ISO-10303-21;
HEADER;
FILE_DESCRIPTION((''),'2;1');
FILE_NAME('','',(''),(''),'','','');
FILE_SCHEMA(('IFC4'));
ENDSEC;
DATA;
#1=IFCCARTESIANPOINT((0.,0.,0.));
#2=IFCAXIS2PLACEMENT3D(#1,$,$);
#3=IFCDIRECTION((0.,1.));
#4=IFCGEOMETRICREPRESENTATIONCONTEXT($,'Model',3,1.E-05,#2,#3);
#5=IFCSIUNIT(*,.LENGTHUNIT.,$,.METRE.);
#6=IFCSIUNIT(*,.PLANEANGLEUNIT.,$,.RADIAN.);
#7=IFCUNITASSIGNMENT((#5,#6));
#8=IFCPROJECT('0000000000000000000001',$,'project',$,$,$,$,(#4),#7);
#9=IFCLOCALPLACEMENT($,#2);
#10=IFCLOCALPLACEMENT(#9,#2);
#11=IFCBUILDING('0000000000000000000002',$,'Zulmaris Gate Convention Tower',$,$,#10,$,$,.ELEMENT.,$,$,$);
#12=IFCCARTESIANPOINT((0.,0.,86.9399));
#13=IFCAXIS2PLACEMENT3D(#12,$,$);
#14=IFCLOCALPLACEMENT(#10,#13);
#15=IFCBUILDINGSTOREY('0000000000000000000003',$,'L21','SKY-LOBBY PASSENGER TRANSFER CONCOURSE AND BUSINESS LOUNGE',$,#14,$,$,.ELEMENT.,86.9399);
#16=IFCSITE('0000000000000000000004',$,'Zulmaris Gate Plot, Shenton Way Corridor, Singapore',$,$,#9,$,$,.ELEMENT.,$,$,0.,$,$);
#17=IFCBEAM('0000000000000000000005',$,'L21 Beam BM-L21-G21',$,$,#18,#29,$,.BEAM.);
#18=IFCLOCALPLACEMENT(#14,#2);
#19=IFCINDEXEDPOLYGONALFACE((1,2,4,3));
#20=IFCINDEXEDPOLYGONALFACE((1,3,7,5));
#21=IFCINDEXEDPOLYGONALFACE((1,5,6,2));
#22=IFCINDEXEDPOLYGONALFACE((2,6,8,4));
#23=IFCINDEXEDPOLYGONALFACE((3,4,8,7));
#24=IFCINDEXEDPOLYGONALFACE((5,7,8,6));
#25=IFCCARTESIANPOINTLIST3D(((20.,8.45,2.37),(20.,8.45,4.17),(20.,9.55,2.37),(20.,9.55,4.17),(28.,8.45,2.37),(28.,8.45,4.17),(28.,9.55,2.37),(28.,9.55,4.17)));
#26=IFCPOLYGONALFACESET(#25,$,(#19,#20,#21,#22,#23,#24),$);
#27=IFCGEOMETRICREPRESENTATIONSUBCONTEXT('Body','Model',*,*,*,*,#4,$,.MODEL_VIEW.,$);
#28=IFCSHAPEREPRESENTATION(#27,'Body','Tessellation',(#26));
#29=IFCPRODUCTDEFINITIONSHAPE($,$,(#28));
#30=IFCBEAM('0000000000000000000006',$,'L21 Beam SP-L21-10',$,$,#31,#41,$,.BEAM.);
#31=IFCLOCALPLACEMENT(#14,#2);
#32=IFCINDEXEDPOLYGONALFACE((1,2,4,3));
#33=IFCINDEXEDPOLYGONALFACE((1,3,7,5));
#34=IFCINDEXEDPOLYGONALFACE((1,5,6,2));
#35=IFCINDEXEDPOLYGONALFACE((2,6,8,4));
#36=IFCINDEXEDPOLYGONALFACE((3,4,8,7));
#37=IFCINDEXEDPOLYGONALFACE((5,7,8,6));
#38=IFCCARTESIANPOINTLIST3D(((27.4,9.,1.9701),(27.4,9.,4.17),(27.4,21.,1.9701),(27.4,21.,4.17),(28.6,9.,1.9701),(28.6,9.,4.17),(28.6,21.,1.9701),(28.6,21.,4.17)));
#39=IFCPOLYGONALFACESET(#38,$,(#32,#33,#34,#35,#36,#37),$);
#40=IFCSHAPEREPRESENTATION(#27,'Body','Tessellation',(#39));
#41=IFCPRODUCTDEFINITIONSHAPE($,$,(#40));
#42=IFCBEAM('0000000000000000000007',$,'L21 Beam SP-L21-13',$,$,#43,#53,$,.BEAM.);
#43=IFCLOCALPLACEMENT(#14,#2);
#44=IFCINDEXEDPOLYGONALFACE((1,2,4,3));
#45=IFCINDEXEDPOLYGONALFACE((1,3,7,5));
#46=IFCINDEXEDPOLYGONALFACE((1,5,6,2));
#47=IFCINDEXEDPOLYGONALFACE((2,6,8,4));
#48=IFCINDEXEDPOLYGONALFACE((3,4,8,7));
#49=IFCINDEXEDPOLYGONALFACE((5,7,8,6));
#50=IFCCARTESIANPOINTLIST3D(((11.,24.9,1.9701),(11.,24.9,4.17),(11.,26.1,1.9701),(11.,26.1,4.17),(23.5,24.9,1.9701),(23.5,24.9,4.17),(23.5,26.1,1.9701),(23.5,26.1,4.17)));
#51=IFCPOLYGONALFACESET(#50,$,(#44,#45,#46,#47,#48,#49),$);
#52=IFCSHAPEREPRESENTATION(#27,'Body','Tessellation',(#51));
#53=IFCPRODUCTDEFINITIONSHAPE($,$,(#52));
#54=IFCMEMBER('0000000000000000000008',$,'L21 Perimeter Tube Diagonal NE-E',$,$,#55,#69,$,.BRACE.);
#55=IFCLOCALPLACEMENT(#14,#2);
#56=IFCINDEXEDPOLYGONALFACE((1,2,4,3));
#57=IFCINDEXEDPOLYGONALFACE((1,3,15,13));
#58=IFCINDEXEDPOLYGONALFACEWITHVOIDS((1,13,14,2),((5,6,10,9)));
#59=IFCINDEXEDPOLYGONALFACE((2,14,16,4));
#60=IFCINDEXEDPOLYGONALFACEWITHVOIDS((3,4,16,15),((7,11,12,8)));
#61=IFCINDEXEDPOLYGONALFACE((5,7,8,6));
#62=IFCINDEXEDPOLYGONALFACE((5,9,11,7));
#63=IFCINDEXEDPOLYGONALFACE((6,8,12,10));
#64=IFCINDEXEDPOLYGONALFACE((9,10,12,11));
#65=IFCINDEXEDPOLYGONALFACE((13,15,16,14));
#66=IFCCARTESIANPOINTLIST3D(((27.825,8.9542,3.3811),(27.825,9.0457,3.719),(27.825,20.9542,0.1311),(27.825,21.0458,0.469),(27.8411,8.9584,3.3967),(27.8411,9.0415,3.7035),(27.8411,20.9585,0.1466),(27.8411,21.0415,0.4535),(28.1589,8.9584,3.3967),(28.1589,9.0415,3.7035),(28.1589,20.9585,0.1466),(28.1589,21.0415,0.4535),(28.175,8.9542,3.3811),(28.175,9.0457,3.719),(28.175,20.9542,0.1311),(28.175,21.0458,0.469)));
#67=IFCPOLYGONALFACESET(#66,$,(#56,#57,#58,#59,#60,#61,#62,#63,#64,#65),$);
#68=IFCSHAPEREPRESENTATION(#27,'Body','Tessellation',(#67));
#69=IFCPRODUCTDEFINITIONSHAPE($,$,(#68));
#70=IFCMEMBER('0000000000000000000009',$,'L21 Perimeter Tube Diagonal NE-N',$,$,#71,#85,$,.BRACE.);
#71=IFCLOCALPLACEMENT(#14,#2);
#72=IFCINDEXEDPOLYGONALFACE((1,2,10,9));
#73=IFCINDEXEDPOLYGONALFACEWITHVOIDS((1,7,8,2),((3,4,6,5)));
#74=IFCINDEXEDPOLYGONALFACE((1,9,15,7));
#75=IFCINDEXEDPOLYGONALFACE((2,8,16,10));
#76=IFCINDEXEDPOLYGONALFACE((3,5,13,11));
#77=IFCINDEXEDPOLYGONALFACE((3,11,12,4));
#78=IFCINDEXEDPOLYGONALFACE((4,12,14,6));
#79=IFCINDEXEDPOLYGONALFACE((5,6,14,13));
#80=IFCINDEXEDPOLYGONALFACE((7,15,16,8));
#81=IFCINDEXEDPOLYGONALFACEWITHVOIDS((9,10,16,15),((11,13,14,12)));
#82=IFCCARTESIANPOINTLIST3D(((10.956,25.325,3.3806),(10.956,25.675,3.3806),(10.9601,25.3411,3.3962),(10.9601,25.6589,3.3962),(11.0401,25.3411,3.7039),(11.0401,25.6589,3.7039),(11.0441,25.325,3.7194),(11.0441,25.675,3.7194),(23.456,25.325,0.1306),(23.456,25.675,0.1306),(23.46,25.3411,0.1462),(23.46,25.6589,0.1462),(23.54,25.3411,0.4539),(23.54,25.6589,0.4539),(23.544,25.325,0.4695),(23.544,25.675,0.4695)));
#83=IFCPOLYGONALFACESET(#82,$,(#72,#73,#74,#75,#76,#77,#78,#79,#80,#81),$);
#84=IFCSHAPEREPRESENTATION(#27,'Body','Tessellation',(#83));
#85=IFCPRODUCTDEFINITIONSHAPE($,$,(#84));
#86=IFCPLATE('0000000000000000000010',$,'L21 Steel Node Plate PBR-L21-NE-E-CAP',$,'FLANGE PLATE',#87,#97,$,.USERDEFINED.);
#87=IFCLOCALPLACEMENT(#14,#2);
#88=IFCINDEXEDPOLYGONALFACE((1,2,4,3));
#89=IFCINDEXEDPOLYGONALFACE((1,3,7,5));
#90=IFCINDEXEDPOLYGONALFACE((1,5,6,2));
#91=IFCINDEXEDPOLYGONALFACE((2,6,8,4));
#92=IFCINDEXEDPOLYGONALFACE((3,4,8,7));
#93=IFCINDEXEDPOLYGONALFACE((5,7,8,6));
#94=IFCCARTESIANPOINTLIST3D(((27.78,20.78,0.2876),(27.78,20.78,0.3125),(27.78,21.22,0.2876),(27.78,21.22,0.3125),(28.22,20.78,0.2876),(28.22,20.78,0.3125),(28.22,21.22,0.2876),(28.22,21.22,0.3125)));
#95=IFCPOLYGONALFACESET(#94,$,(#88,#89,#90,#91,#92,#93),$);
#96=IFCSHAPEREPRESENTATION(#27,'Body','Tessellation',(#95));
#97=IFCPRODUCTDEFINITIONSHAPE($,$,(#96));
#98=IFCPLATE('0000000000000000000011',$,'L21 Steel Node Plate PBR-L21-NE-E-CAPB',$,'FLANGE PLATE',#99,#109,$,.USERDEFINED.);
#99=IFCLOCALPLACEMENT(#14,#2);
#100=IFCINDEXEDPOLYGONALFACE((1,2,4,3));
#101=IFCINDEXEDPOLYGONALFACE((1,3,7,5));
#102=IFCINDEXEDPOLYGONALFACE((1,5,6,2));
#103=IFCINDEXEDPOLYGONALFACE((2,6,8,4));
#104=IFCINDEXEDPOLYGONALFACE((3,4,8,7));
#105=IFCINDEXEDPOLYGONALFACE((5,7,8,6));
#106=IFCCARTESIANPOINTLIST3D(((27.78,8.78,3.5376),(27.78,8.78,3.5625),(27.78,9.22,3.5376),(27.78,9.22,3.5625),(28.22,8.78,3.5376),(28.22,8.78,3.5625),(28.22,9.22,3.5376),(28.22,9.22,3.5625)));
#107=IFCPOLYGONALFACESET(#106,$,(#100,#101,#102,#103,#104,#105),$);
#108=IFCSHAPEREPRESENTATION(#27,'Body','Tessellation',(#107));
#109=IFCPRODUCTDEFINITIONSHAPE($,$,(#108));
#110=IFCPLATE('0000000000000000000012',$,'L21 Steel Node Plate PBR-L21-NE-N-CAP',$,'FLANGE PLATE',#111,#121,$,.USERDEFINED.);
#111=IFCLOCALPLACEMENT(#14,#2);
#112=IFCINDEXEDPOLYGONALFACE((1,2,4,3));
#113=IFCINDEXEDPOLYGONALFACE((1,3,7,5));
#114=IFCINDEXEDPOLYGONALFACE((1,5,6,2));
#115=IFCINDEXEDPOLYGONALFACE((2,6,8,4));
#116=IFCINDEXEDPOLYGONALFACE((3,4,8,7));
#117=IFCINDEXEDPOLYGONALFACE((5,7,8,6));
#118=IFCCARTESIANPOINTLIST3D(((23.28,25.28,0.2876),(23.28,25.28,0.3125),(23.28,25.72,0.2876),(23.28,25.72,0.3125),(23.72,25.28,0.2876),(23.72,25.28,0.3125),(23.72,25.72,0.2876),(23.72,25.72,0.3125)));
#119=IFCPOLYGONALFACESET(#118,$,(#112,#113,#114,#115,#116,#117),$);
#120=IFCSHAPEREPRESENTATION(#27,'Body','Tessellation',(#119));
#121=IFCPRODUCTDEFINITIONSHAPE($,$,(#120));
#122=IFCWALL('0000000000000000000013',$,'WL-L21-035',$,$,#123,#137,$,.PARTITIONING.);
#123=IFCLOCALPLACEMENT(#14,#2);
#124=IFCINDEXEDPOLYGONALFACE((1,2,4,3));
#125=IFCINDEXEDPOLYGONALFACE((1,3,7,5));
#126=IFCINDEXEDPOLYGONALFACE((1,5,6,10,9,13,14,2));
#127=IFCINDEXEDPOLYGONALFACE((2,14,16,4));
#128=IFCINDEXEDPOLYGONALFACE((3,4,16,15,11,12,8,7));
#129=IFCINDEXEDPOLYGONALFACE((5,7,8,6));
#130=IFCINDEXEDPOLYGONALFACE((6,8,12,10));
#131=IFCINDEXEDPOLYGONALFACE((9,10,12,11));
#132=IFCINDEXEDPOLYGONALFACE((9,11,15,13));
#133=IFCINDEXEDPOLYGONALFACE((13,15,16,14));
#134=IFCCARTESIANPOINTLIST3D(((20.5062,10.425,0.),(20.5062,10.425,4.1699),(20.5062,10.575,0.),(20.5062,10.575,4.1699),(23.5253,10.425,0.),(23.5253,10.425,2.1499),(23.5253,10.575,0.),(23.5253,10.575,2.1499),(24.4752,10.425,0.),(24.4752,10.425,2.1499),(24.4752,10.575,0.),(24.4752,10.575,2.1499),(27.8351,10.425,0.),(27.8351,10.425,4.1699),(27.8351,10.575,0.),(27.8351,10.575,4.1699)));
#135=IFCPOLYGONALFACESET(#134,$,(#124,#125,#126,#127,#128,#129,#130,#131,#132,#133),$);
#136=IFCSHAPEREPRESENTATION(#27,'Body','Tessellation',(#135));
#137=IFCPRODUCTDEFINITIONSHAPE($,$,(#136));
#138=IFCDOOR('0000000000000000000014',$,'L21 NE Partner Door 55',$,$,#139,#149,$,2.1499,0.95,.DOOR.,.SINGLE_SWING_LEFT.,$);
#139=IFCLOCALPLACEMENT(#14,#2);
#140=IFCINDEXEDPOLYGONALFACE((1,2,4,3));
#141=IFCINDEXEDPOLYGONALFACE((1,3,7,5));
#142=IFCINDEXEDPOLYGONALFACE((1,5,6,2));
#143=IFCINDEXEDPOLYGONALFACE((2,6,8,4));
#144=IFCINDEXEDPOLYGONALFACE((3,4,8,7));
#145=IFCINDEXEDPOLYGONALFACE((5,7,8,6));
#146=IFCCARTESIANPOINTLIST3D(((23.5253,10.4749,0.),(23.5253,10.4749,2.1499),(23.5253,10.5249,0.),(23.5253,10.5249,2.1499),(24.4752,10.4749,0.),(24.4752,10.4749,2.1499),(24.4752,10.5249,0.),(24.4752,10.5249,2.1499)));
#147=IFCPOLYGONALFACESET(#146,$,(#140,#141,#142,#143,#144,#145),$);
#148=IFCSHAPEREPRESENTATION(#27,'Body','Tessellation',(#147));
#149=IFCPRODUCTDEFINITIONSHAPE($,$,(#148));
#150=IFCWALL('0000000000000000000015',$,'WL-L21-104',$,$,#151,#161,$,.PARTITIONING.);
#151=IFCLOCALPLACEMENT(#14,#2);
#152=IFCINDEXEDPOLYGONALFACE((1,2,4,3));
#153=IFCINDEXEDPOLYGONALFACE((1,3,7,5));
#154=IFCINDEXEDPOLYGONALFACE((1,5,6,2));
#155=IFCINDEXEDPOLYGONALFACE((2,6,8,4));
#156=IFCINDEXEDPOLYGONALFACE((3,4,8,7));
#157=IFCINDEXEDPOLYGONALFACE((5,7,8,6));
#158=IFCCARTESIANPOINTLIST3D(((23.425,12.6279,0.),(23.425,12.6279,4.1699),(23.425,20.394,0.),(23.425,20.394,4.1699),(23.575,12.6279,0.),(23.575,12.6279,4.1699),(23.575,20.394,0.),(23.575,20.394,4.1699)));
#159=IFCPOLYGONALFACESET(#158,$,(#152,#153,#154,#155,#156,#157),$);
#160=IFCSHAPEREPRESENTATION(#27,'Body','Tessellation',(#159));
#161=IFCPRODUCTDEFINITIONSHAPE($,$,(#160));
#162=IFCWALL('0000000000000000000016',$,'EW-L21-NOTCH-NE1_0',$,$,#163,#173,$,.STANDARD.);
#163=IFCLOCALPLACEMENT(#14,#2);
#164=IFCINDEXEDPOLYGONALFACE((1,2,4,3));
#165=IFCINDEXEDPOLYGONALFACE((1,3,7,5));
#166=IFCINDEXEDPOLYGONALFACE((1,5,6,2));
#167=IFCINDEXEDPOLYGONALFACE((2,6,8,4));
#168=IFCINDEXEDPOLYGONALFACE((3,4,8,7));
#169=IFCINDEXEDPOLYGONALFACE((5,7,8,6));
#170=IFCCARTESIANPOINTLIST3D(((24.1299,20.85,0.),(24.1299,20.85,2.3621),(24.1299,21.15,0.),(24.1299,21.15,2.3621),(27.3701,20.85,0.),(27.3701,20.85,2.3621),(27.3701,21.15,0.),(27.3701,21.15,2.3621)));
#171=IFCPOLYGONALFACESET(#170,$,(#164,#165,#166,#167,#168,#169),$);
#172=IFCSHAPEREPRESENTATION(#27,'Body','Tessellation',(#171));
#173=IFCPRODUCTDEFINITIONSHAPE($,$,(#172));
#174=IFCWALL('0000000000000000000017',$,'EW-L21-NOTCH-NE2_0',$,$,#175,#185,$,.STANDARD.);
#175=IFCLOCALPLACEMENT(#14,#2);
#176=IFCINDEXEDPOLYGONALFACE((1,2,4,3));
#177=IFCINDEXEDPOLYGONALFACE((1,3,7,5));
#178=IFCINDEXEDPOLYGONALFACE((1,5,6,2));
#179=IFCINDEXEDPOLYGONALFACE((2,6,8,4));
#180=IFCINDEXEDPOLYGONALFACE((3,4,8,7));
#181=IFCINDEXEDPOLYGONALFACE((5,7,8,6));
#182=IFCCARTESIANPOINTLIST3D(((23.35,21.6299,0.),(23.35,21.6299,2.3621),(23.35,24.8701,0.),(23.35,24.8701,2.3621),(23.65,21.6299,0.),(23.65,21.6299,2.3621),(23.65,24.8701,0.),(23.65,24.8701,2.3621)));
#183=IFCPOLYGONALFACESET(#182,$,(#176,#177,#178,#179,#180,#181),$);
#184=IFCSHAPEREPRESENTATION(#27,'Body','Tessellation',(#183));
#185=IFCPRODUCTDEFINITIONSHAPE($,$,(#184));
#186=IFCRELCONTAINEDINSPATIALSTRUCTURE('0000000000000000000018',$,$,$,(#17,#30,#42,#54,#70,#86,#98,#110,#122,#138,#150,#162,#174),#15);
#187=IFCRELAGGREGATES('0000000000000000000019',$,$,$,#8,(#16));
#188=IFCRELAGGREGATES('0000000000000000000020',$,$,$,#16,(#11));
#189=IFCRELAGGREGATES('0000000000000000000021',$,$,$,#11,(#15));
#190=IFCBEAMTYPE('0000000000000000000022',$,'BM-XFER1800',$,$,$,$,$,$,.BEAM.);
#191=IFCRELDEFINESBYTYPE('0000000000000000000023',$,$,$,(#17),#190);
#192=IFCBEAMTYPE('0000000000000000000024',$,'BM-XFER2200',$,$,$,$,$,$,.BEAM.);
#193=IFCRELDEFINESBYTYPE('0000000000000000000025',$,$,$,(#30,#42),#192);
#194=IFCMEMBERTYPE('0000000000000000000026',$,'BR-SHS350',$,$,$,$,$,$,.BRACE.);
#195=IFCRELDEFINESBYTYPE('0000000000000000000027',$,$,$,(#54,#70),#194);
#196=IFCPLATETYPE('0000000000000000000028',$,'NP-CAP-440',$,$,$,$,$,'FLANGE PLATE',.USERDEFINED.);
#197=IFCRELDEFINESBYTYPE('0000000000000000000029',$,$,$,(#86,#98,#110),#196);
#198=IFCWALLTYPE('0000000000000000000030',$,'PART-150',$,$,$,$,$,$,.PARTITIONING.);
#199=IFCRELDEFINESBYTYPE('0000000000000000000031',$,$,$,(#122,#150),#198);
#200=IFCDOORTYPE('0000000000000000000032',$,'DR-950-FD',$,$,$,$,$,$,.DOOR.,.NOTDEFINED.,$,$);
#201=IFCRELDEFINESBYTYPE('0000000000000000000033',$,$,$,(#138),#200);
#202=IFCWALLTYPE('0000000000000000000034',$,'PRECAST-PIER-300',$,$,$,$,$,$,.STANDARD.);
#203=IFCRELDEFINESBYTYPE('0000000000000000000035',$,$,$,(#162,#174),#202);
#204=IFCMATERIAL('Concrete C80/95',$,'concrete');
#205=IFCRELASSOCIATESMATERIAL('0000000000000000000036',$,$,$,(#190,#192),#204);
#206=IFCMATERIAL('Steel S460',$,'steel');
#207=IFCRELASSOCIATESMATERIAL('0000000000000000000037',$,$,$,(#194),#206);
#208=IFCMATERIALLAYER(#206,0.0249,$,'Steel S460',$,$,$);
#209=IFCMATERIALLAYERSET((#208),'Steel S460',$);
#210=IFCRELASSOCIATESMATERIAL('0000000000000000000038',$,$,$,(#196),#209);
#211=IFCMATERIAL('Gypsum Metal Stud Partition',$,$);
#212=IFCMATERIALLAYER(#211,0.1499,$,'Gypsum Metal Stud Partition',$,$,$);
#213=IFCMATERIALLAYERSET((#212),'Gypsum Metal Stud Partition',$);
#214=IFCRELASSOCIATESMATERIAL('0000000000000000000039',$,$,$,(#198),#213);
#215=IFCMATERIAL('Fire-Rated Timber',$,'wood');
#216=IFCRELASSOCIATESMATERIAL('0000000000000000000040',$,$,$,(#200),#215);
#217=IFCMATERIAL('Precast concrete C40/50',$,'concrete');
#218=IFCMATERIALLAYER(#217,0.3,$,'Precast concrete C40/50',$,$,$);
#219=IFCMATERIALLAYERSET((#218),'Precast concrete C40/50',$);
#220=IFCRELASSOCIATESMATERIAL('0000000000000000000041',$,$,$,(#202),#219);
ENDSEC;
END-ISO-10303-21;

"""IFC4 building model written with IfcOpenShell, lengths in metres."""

from ifc_helpers import new_model, si_unit, direction, frame, frame_2d, origin, origin_2d, place, context, subcontext, project, spatial, rectangle, hollow_rectangle, extrude, material, layer, layer_set, material_profile, profile_set, type_object, element, fill, save


model = new_model("IFC4")

# Units and contexts
model_context = context("Model", 3, precision=1e-05, world=origin(), true_north=direction((0.0, 1.0)))
body_context = subcontext(model_context, "Body", "Model", "MODEL_VIEW")
ifc_project = project(units=[si_unit("LENGTHUNIT", "METRE"), si_unit("PLANEANGLEUNIT", "RADIAN")], contexts=[model_context])

# Site, building, storey
site_placement = place(None, origin())
site = spatial("IfcSite", under=ifc_project, at=site_placement, Name="Zulmaris Gate Plot, Shenton Way Corridor, Singapore", CompositionType="ELEMENT", RefElevation=0.0)
building_placement = place(site_placement, origin())
building = spatial("IfcBuilding", under=site, at=building_placement, Name="Zulmaris Gate Convention Tower", CompositionType="ELEMENT")
storey_placement = place(building_placement, frame((0.0, 0.0, 86.9399)))
storey = spatial("IfcBuildingStorey", under=building, at=storey_placement, Name="L21", Description="SKY-LOBBY PASSENGER TRANSFER CONCOURSE AND BUSINESS LOUNGE", CompositionType="ELEMENT", Elevation=86.9399)

# Beams
ifc_material_1 = material(Name="Concrete C80/95", Category="concrete")
ifc_material_profile_1 = material_profile(ifc_material_1, rectangle(XDim=1.1001, YDim=1.8, at=origin_2d()), Name="RC TRANSFER 1100x1800")
ifc_profile_set_1 = profile_set([ifc_material_profile_1], Name="Concrete C80/95")
beam_type_1 = type_object("IfcBeamType", Name="BM-XFER1800", PredefinedType="BEAM", material=ifc_profile_set_1)
beam_1_placement = place(storey_placement, frame((20.0, 9.0, 3.27), z_axis=(1.0, 0.0, 0.0), x_axis=(0.0, 1.0, 0.0)))
element("IfcBeam", 1, at=beam_1_placement, inside=storey, type_object=beam_type_1, Name="L21 Beam BM-L21-G21", PredefinedType="BEAM", context=body_context, shape_type="SweptSolid", body=[
    extrude(rectangle(XDim=1.1001, YDim=1.8, at=origin_2d()), origin(), (0.0, 0.0, 1.0), 8.0),
])
ifc_material_profile_2 = material_profile(ifc_material_1, rectangle(XDim=1.2, YDim=2.2, at=origin_2d()), Name="RC TRANSFER 1200x2200")
ifc_profile_set_2 = profile_set([ifc_material_profile_2], Name="Concrete C80/95")
beam_type_2 = type_object("IfcBeamType", Name="BM-XFER2200", PredefinedType="BEAM", material=ifc_profile_set_2)
beam_2_placement = place(storey_placement, frame((28.0, 9.0, 3.0701), z_axis=(0.0, 1.0, 0.0), x_axis=(-1.0, 0.0, 0.0)))
element("IfcBeam", 2, at=beam_2_placement, inside=storey, type_object=beam_type_2, Name="L21 Beam SP-L21-10", PredefinedType="BEAM", context=body_context, shape_type="SweptSolid", body=[
    extrude(rectangle(XDim=1.2, YDim=2.2, at=origin_2d()), origin(), (0.0, 0.0, 1.0), 12.0),
])
beam_3_placement = place(storey_placement, frame((23.5, 25.5, 3.0701), z_axis=(-1.0, 0.0, 0.0), x_axis=(0.0, -1.0, 0.0)))
element("IfcBeam", 3, at=beam_3_placement, inside=storey, type_object=beam_type_2, Name="L21 Beam SP-L21-13", PredefinedType="BEAM", context=body_context, shape_type="SweptSolid", body=[
    extrude(rectangle(XDim=1.2, YDim=2.2, at=origin_2d()), origin(), (0.0, 0.0, 1.0), 12.5),
])

# Members
ifc_material_2 = material(Name="Steel S460", Category="steel")
ifc_material_profile_3 = material_profile(ifc_material_2, hollow_rectangle(XDim=0.3501, YDim=0.3501, WallThickness=0.0161, at=origin_2d()), Name="SHS 350x350x16")
ifc_profile_set_3 = profile_set([ifc_material_profile_3], Name="Steel S460")
member_type = type_object("IfcMemberType", Name="BR-SHS350", PredefinedType="BRACE", material=ifc_profile_set_3)
member_1_placement = place(storey_placement, frame((28.0, 21.0, 0.3), z_axis=(0.0, -0.965226, 0.261415), x_axis=(1.0, 0.0, 0.0)))
element("IfcMember", 4, at=member_1_placement, inside=storey, type_object=member_type, Name="L21 Perimeter Tube Diagonal NE-E", PredefinedType="BRACE", context=body_context, shape_type="SweptSolid", body=[
    extrude(hollow_rectangle(XDim=0.3501, YDim=0.3501, WallThickness=0.0161, at=origin_2d()), origin(), (0.0, 0.0, 1.0), 12.4324),
])
member_2_placement = place(storey_placement, frame((23.5, 25.5, 0.3), z_axis=(-0.967823, 0.0, 0.251634), x_axis=(0.0, -1.0, 0.0)))
element("IfcMember", 5, at=member_2_placement, inside=storey, type_object=member_type, Name="L21 Perimeter Tube Diagonal NE-N", PredefinedType="BRACE", context=body_context, shape_type="SweptSolid", body=[
    extrude(hollow_rectangle(XDim=0.3501, YDim=0.3501, WallThickness=0.0161, at=origin_2d()), origin(), (0.0, 0.0, 1.0), 12.9155),
])

# Plates
ifc_layer_1 = layer(ifc_material_2, 0.0249, Name="Steel S460")
ifc_layer_set_1 = layer_set([ifc_layer_1], Name="Steel S460")
plate_type = type_object("IfcPlateType", Name="NP-CAP-440", ElementType="FLANGE PLATE", PredefinedType="USERDEFINED", material=ifc_layer_set_1)
for number, where, z_axis, x_axis, name in (
    (6, (28.0, 21.0, 0.2876), (0.0, 0.0, 1.0), (1.0, 0.0, 0.0), "L21 Steel Node Plate PBR-L21-NE-E-CAP"),
    (7, (28.0, 9.0, 3.5376), (0.0, 0.0, 1.0), (1.0, 0.0, 0.0), "L21 Steel Node Plate PBR-L21-NE-E-CAPB"),
    (8, (23.5, 25.5, 0.2876), (0.0, 0.0, 1.0), (1.0, 0.0, 0.0), "L21 Steel Node Plate PBR-L21-NE-N-CAP"),
):
    element("IfcPlate", number, at=place(storey_placement, frame(where, z_axis=z_axis, x_axis=x_axis)), inside=storey, type_object=plate_type, Name=name, ObjectType="FLANGE PLATE", PredefinedType="USERDEFINED", context=body_context, shape_type="SweptSolid", body=[
        extrude(rectangle(XDim=0.4399, YDim=0.4399, at=origin_2d()), origin(), (0.0, 0.0, 1.0), 0.0249),
    ])

# Wall, opening, door
ifc_material_3 = material(Name="Gypsum Metal Stud Partition")
ifc_layer_2 = layer(ifc_material_3, 0.1499, Name="Gypsum Metal Stud Partition")
ifc_layer_set_2 = layer_set([ifc_layer_2], Name="Gypsum Metal Stud Partition")
wall_type_1 = type_object("IfcWallType", Name="PART-150", PredefinedType="PARTITIONING", material=ifc_layer_set_2)
wall_1_placement = place(storey_placement, frame((20.5061, 10.5, 0.0), z_axis=(0.0, 0.0, 1.0), x_axis=(1.0, 0.0, 0.0)))
wall_1 = element("IfcWall", 9, at=wall_1_placement, inside=storey, type_object=wall_type_1, Name="WL-L21-035", PredefinedType="PARTITIONING", context=body_context, shape_type="SweptSolid", body=[
    extrude(rectangle(XDim=7.3289, YDim=0.1499, at=frame_2d((3.6646, 0.0))), origin(), (0.0, 0.0, 1.0), 4.1699),
])
opening_1_placement = place(wall_1_placement, frame((3.019, 0.0, 0.0)))
opening_1 = element("IfcOpeningElement", 10, at=opening_1_placement, cuts=wall_1, PredefinedType="OPENING", context=body_context, shape_type="SweptSolid", body=[
    extrude(rectangle(XDim=0.95, YDim=2.1499, at=frame_2d((0.4751, 1.075))), frame((0.0, 0.085, 0.0), z_axis=(0.0, -1.0, 0.0), x_axis=(1.0, 0.0, 0.0)), (0.0, 0.0, 1.0), 0.1699),
])
ifc_material_4 = material(Name="Fire-Rated Timber", Category="wood")
door_type = type_object("IfcDoorType", Name="DR-950-FD", OperationType="NOTDEFINED", PredefinedType="DOOR", material=ifc_material_4)
door_1_placement = place(opening_1_placement, origin())
door_1 = element("IfcDoor", 11, at=door_1_placement, inside=storey, type_object=door_type, Name="L21 NE Partner Door 55", OperationType="SINGLE_SWING_LEFT", OverallHeight=2.1499, OverallWidth=0.95, PredefinedType="DOOR", context=body_context, shape_type="SweptSolid", body=[
    extrude(rectangle(XDim=0.95, YDim=2.1499, at=frame_2d((0.4751, 1.075))), frame((0.0, 0.0249, 0.0), z_axis=(0.0, -1.0, 0.0), x_axis=(1.0, 0.0, 0.0)), (0.0, 0.0, 1.0), 0.05),
])
fill(opening_1, door_1)

# Walls
wall_2_placement = place(storey_placement, frame((23.5, 12.6279, 0.0), z_axis=(0.0, 0.0, 1.0), x_axis=(0.0, 1.0, 0.0)))
element("IfcWall", 12, at=wall_2_placement, inside=storey, type_object=wall_type_1, Name="WL-L21-104", PredefinedType="PARTITIONING", context=body_context, shape_type="SweptSolid", body=[
    extrude(rectangle(XDim=7.7661, YDim=0.1499, at=frame_2d((3.8831, 0.0))), origin(), (0.0, 0.0, 1.0), 4.1699),
])
ifc_material_5 = material(Name="Precast concrete C40/50", Category="concrete")
ifc_layer_3 = layer(ifc_material_5, 0.3, Name="Precast concrete C40/50")
ifc_layer_set_3 = layer_set([ifc_layer_3], Name="Precast concrete C40/50")
wall_type_2 = type_object("IfcWallType", Name="PRECAST-PIER-300", PredefinedType="STANDARD", material=ifc_layer_set_3)
for number, where, z_axis, x_axis, name in (
    (13, (27.3701, 21.0, 0.0), (0.0, 0.0, 1.0), (-1.0, 0.0, 0.0), "EW-L21-NOTCH-NE1_0"),
    (14, (23.5, 21.6299, 0.0), (0.0, 0.0, 1.0), (0.0, 1.0, 0.0), "EW-L21-NOTCH-NE2_0"),
):
    element("IfcWall", number, at=place(storey_placement, frame(where, z_axis=z_axis, x_axis=x_axis)), inside=storey, type_object=wall_type_2, Name=name, PredefinedType="STANDARD", context=body_context, shape_type="SweptSolid", body=[
        extrude(rectangle(XDim=3.2402, YDim=0.3, at=frame_2d((1.6201, 0.0))), origin(), (0.0, 0.0, 1.0), 2.3621),
    ])

save(model, "model.ifc")
